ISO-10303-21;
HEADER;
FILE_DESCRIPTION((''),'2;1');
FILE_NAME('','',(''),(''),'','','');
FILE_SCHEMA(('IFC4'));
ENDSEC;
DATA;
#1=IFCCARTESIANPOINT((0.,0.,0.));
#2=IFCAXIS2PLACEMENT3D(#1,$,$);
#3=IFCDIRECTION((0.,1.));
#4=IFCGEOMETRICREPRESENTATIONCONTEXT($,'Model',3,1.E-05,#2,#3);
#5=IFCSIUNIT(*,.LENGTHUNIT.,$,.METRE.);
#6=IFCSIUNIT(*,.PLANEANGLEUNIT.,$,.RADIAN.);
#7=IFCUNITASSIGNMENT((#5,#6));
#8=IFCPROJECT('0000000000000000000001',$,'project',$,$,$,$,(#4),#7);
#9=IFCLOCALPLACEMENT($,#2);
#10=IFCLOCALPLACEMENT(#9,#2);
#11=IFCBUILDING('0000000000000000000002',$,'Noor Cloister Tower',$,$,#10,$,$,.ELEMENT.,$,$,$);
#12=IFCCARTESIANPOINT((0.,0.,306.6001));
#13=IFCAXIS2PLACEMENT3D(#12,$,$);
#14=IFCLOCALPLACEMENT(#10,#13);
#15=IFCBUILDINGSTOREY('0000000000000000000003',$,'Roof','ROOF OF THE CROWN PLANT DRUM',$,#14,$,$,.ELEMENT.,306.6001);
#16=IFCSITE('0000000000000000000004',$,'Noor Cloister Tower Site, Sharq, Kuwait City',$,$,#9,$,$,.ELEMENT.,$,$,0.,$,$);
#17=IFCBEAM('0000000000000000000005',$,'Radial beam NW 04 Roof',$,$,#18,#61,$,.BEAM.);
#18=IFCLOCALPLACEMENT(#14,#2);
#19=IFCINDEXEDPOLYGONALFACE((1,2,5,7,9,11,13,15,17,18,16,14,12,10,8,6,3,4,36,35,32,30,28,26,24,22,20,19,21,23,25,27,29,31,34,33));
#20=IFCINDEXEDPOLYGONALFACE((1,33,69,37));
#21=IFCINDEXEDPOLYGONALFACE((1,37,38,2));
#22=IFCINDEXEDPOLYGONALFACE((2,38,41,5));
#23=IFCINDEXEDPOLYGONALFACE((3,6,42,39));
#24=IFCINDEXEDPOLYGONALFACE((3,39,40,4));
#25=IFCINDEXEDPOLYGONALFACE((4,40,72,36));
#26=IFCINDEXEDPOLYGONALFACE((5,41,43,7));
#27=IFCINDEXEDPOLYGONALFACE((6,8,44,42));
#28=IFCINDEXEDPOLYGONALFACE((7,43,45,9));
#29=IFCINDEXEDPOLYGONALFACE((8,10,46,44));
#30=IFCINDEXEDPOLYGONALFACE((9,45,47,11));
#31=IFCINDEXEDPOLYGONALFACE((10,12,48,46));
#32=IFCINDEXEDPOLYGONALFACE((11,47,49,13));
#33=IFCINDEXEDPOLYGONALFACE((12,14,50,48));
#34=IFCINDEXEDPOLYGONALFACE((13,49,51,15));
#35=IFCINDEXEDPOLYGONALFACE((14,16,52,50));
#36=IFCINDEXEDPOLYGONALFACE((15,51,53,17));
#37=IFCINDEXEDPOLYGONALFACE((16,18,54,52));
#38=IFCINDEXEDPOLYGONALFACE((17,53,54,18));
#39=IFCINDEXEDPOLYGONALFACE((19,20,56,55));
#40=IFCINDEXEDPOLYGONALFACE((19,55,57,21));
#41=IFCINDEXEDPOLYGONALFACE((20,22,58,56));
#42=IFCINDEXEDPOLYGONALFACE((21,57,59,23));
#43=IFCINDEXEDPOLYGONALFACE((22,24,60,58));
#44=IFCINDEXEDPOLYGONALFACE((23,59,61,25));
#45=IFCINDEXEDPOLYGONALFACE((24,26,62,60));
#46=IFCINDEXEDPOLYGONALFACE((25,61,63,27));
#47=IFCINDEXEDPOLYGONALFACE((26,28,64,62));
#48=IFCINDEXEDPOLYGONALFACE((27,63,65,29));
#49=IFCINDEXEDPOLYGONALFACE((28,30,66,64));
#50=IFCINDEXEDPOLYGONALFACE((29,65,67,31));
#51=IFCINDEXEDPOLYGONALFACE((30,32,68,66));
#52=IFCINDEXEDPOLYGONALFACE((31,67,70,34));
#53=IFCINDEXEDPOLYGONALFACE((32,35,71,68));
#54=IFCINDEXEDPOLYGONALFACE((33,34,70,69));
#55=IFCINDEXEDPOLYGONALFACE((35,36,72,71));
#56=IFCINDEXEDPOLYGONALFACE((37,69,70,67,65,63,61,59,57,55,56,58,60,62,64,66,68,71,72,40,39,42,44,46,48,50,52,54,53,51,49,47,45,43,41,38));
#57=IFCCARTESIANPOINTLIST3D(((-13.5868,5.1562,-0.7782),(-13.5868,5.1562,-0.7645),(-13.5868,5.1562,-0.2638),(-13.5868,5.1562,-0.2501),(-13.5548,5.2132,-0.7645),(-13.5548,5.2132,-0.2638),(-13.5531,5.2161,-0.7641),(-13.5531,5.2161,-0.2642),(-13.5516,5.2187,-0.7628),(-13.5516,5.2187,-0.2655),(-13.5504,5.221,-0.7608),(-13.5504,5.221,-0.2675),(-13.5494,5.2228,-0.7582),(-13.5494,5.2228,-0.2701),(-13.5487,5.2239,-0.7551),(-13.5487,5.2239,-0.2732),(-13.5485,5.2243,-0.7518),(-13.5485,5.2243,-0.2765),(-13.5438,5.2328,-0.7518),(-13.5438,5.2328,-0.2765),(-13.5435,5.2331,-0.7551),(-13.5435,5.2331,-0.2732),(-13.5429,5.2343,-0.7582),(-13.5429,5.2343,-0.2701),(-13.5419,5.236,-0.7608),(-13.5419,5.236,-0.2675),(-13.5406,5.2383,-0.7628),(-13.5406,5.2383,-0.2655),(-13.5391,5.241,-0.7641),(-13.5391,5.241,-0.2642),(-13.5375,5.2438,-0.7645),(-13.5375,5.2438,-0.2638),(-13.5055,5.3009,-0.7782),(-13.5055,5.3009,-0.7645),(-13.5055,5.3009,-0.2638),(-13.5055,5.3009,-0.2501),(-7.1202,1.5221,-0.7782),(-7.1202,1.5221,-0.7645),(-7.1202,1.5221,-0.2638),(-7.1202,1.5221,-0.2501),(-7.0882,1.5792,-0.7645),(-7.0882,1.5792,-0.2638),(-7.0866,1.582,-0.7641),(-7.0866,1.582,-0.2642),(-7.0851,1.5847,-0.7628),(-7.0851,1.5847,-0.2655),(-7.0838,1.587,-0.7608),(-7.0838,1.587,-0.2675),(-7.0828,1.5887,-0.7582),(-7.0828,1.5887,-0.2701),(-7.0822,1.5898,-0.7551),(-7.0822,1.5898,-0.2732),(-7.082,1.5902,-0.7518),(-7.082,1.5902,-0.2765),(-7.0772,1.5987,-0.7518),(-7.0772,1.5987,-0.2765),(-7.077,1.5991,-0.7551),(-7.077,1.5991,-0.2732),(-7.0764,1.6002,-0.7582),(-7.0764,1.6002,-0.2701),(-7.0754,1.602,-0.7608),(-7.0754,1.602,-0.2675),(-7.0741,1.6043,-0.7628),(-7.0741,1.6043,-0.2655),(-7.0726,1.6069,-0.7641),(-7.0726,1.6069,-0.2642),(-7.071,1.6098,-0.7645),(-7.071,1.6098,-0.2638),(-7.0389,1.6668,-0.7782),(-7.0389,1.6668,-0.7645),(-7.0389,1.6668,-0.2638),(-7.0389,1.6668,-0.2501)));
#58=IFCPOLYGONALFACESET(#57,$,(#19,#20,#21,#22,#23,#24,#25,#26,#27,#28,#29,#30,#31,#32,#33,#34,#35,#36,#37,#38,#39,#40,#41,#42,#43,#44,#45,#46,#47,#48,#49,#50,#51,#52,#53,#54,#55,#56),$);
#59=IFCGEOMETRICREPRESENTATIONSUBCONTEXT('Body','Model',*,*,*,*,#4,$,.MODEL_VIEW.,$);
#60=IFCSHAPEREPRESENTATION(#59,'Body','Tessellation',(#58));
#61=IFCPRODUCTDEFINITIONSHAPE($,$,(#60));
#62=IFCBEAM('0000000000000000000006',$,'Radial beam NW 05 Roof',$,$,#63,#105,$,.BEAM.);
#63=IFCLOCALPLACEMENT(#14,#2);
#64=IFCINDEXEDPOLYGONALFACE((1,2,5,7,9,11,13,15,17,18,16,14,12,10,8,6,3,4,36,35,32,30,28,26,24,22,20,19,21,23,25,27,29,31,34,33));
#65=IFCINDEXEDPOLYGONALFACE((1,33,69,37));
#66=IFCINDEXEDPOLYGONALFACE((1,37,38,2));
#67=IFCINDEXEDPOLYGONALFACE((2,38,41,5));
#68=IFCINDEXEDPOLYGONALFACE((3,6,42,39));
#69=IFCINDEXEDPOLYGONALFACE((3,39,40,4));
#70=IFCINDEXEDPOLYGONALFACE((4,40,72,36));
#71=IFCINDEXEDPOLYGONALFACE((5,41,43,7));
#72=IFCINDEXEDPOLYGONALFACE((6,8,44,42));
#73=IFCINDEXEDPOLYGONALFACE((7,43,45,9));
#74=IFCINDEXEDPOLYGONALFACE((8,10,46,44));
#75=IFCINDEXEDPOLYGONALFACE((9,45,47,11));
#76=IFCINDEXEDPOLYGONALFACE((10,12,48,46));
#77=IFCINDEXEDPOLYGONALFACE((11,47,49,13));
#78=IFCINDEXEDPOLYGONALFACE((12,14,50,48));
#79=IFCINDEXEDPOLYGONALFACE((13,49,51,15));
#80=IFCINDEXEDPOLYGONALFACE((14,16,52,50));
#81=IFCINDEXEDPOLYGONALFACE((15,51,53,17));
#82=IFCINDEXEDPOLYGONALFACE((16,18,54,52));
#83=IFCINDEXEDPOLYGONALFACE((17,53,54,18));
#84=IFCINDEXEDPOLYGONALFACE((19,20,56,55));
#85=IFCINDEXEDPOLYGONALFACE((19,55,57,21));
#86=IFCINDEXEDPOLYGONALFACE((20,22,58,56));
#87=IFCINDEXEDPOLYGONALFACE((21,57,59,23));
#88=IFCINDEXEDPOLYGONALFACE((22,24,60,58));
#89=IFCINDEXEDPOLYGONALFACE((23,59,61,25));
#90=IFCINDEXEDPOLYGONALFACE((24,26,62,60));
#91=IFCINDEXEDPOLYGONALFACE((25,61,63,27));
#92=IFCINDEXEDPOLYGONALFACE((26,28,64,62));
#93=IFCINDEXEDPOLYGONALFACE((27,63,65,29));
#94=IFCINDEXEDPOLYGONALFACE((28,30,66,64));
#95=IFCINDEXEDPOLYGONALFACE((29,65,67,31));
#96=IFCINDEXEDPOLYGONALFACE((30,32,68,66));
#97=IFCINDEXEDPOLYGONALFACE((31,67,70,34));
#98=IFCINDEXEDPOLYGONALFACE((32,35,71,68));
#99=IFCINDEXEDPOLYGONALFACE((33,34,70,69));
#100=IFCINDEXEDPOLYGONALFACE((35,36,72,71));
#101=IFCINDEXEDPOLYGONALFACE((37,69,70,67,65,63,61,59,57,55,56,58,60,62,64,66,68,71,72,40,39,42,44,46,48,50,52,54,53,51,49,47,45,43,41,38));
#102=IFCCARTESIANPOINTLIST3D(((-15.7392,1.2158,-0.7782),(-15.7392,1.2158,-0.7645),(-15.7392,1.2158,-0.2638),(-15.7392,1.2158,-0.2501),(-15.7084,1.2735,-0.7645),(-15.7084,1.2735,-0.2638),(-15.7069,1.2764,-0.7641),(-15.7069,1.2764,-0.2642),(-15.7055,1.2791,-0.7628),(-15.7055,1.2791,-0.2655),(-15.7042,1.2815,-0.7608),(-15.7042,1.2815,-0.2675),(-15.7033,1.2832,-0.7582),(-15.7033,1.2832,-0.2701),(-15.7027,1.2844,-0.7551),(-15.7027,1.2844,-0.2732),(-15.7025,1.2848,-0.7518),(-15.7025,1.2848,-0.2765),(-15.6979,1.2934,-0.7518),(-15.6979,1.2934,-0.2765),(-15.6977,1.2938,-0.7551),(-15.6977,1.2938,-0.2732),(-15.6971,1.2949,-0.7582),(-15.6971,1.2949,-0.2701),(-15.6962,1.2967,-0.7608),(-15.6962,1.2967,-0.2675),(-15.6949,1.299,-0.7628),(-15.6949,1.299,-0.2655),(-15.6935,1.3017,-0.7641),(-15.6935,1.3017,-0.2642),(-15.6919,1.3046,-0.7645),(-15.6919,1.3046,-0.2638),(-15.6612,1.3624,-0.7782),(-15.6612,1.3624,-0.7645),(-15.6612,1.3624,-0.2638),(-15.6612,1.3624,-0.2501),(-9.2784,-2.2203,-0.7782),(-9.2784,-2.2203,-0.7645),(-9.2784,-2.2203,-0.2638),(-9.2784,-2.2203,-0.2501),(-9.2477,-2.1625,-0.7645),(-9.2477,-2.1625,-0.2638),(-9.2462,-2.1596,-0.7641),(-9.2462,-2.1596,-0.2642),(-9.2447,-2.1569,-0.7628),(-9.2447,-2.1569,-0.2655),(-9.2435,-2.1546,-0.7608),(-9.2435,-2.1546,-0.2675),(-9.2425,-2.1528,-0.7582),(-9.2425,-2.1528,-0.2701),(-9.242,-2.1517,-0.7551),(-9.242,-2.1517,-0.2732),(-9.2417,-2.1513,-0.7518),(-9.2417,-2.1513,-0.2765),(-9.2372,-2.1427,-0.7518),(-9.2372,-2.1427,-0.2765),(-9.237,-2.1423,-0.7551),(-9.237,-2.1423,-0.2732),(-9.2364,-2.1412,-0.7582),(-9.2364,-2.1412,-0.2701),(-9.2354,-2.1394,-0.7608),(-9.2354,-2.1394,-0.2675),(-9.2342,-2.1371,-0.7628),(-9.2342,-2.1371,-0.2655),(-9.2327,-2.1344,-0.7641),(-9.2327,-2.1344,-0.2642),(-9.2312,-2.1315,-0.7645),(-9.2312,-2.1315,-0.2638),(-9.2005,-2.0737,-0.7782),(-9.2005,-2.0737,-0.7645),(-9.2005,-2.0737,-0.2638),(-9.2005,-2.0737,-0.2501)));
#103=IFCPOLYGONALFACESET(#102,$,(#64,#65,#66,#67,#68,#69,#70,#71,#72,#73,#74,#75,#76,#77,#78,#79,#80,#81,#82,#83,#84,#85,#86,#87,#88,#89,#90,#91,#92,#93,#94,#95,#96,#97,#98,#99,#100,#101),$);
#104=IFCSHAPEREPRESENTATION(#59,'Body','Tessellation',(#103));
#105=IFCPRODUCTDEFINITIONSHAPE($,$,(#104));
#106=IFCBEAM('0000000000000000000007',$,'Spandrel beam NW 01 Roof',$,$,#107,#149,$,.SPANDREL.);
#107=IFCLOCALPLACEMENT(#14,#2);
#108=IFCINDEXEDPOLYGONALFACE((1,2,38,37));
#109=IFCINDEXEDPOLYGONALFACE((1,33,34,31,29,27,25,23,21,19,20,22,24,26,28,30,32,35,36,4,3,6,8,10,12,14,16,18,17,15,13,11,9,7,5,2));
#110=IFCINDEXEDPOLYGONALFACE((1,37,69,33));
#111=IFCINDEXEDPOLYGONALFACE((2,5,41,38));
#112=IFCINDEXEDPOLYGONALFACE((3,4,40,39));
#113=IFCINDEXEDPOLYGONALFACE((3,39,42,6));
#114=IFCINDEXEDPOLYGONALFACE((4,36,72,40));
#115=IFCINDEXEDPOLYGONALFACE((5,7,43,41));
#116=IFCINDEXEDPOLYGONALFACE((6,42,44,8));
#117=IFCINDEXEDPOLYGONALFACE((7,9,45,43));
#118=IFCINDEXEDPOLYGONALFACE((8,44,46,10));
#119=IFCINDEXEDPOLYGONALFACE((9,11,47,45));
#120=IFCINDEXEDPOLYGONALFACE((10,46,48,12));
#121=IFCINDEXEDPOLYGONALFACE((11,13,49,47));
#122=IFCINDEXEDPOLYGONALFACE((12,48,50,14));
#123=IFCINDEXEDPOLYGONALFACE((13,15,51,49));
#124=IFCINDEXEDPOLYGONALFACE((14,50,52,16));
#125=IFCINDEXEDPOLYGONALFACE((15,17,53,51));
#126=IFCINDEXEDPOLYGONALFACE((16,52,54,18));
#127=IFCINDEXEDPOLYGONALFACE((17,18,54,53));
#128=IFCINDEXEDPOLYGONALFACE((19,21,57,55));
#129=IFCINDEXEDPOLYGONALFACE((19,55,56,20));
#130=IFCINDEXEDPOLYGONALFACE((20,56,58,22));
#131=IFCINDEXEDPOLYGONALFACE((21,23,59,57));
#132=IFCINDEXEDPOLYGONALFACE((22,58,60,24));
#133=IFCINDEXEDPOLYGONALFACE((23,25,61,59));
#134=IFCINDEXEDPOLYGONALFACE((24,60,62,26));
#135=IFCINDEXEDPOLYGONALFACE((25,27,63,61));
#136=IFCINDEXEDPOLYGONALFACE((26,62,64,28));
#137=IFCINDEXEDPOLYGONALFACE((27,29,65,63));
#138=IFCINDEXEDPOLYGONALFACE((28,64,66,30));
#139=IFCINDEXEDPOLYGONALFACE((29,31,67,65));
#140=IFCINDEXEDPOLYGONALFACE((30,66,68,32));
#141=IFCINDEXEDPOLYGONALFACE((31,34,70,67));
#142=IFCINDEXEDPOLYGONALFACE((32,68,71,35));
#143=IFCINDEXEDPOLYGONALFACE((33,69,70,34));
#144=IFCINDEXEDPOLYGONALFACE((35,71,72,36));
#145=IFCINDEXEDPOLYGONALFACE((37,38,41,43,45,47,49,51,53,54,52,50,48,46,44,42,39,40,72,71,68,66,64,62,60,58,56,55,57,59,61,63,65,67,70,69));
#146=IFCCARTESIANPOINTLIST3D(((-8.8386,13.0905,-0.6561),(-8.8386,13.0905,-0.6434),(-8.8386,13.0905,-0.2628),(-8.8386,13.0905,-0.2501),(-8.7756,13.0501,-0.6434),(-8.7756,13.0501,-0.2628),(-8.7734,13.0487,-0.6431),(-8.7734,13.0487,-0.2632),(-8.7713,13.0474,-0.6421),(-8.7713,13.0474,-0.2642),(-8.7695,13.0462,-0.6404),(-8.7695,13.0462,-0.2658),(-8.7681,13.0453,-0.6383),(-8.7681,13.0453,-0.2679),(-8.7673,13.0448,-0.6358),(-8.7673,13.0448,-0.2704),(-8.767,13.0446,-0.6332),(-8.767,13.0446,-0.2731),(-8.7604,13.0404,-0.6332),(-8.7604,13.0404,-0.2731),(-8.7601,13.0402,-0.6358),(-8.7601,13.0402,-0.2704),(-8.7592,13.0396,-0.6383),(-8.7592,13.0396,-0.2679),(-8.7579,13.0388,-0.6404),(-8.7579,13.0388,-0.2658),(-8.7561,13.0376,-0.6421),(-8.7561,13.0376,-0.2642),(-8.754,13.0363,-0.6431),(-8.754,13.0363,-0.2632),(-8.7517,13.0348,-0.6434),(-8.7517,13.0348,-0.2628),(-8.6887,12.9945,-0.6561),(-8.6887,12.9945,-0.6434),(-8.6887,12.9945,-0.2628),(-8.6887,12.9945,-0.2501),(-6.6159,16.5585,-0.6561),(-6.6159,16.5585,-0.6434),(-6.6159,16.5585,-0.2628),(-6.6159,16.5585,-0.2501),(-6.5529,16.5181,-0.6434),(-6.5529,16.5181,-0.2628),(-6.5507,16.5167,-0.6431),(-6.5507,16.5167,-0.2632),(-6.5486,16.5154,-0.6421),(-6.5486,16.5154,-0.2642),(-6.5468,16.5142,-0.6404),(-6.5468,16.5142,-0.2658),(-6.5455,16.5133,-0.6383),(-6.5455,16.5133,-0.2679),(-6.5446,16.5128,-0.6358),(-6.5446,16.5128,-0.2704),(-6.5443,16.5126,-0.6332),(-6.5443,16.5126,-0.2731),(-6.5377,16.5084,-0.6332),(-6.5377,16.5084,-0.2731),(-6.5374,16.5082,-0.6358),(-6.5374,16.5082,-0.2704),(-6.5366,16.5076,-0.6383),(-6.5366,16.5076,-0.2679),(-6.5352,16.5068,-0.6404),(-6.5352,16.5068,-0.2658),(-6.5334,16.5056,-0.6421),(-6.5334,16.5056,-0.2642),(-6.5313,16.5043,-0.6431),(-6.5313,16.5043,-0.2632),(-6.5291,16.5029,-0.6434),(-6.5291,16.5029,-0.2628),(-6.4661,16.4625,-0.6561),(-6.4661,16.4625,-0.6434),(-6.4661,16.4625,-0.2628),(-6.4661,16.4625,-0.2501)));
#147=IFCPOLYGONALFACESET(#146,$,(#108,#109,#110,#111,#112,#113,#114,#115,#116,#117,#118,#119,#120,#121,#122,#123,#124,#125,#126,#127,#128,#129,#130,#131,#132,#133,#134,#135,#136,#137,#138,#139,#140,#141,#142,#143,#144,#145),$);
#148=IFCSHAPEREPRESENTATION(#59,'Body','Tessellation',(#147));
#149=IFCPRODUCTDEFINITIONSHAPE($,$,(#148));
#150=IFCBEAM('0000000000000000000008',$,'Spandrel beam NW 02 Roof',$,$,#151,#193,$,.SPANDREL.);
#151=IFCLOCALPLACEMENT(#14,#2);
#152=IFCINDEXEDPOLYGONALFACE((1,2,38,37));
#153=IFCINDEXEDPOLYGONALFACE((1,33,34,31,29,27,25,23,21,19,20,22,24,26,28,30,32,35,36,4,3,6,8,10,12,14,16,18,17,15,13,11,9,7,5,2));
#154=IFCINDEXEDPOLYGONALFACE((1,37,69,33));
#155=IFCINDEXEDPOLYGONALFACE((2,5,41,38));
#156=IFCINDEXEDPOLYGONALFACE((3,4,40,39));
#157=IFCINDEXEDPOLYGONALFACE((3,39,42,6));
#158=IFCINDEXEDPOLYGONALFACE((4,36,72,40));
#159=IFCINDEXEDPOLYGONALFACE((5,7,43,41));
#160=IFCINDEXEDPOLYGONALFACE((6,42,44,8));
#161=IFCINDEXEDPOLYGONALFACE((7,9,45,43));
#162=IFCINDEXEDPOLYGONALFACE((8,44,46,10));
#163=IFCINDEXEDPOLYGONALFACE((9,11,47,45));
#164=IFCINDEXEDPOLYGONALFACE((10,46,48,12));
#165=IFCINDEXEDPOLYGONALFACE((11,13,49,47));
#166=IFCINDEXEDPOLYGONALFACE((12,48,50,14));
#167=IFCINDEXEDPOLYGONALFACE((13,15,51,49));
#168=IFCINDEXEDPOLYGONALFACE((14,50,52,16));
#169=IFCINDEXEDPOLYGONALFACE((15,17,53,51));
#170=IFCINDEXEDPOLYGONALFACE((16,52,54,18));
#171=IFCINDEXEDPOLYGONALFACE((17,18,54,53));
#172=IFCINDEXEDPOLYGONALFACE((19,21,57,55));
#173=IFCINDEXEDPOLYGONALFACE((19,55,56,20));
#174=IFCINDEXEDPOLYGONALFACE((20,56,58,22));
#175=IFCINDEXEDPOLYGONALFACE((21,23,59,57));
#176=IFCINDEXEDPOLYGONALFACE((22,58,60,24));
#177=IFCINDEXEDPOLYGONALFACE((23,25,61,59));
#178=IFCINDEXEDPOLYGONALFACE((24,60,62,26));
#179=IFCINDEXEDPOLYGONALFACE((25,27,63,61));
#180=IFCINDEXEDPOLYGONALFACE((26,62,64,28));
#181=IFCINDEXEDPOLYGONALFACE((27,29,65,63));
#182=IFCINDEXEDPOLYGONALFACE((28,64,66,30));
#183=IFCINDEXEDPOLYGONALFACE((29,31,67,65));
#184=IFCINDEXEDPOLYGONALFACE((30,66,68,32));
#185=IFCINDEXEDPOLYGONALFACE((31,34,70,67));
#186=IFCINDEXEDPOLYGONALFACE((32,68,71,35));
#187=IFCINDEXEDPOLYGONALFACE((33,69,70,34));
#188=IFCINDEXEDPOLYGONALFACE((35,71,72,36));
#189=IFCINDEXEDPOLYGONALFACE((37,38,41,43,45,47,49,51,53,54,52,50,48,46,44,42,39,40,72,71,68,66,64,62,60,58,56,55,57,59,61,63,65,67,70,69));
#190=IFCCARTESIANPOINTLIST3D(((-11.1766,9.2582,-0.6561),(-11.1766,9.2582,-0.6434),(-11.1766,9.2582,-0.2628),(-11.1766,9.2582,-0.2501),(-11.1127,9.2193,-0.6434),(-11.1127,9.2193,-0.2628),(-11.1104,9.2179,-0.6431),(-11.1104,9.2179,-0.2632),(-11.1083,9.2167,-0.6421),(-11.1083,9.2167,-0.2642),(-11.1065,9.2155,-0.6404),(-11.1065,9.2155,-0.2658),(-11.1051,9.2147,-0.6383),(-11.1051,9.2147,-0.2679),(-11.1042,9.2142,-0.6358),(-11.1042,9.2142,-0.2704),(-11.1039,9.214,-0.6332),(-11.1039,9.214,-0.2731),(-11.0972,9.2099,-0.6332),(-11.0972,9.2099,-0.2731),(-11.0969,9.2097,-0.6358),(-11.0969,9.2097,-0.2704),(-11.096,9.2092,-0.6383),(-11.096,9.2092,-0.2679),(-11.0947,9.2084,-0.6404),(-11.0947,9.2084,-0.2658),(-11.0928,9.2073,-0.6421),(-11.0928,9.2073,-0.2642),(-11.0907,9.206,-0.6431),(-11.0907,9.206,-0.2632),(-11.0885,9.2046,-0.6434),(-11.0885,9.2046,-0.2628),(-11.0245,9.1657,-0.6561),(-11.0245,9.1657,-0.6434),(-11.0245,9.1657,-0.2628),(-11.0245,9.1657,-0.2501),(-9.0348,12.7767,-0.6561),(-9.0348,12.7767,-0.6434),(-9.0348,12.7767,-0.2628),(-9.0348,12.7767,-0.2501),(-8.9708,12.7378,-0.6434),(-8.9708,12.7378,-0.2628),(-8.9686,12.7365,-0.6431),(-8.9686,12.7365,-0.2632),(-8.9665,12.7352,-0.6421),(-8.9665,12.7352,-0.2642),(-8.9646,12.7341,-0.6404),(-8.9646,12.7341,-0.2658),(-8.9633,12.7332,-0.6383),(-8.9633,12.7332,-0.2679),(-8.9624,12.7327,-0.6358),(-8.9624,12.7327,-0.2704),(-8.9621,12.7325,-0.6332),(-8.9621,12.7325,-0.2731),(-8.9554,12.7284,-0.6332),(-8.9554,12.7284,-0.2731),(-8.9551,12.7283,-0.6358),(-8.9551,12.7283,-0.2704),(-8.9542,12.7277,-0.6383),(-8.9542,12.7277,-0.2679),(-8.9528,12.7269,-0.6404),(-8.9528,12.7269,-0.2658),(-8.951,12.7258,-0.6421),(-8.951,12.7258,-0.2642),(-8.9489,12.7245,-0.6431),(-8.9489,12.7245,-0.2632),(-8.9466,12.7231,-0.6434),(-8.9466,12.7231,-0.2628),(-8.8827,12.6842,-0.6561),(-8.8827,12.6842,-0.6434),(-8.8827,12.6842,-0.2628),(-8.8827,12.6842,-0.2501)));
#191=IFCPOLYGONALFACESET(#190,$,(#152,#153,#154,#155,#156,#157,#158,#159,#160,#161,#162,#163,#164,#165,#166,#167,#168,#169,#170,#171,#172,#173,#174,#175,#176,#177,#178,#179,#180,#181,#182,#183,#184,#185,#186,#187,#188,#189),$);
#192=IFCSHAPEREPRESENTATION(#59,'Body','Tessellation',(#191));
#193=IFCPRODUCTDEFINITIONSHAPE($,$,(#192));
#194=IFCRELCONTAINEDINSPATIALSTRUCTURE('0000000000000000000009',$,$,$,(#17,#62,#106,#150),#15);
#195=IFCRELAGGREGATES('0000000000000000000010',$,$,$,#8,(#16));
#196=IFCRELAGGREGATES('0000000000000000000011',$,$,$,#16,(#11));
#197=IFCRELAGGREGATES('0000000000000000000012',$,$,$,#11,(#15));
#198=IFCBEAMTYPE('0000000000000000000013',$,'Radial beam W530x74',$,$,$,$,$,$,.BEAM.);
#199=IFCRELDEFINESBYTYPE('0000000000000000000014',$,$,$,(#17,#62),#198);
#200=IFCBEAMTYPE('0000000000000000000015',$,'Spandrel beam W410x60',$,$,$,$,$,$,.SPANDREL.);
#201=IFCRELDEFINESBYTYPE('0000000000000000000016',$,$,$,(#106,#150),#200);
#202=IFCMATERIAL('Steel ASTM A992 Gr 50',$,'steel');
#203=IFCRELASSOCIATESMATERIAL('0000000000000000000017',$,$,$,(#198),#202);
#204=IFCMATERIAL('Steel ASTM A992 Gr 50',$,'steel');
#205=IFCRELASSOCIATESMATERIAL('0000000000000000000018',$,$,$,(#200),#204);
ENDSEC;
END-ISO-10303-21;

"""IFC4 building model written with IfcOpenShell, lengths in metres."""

from ifc_helpers import new_model, si_unit, direction, frame, origin, origin_2d, place, context, subcontext, project, spatial, i_section, extrude, material, material_profile, profile_set, type_object, element, save


model = new_model("IFC4")

# Units and contexts
model_context = context("Model", 3, precision=1e-05, world=origin(), true_north=direction((0.0, 1.0)))
body_context = subcontext(model_context, "Body", "Model", "MODEL_VIEW")
ifc_project = project(units=[si_unit("LENGTHUNIT", "METRE"), si_unit("PLANEANGLEUNIT", "RADIAN")], contexts=[model_context])

# Site, building, storey
site_placement = place(None, origin())
site = spatial("IfcSite", under=ifc_project, at=site_placement, Name="Noor Cloister Tower Site, Sharq, Kuwait City", CompositionType="ELEMENT", RefElevation=0.0)
building_placement = place(site_placement, origin())
building = spatial("IfcBuilding", under=site, at=building_placement, Name="Noor Cloister Tower", CompositionType="ELEMENT")
storey_placement = place(building_placement, frame((0.0, 0.0, 306.6001)))
storey = spatial("IfcBuildingStorey", under=building, at=storey_placement, Name="Roof", Description="ROOF OF THE CROWN PLANT DRUM", CompositionType="ELEMENT", Elevation=306.6001)

# Beams
ifc_material_1 = material(Name="Steel ASTM A992 Gr 50", Category="steel")
ifc_material_profile_1 = material_profile(ifc_material_1, i_section(OverallWidth=0.166, OverallDepth=0.5281, WebThickness=0.0098, FlangeThickness=0.0137, FilletRadius=0.0127, at=origin_2d()), Name="W530x74")
ifc_profile_set_1 = profile_set([ifc_material_profile_1], Name="Steel ASTM A992 Gr 50")
beam_type_1 = type_object("IfcBeamType", Name="Radial beam W530x74", PredefinedType="BEAM", material=ifc_profile_set_1)
beam_1_placement = place(storey_placement, frame((-13.5461, 5.2285, -0.5142), z_axis=(0.871771, -0.489913, 0.0), x_axis=(0.489913, 0.871771, 0.0)))
element("IfcBeam", 1, at=beam_1_placement, inside=storey, type_object=beam_type_1, Name="Radial beam NW 04 Roof", PredefinedType="BEAM", context=body_context, shape_type="SweptSolid", body=[
    extrude(i_section(OverallWidth=0.166, OverallDepth=0.5281, WebThickness=0.0098, FlangeThickness=0.0137, FilletRadius=0.0127, at=origin_2d()), origin(), (0.0, 0.0, 1.0), 7.4177),
])
beam_2_placement = place(storey_placement, frame((-15.7002, 1.2891, -0.5142), z_axis=(0.882901, -0.469559, 0.0), x_axis=(0.469559, 0.882901, 0.0)))
element("IfcBeam", 2, at=beam_2_placement, inside=storey, type_object=beam_type_1, Name="Radial beam NW 05 Roof", PredefinedType="BEAM", context=body_context, shape_type="SweptSolid", body=[
    extrude(i_section(OverallWidth=0.166, OverallDepth=0.5281, WebThickness=0.0098, FlangeThickness=0.0137, FilletRadius=0.0127, at=origin_2d()), origin(), (0.0, 0.0, 1.0), 7.3176),
])
ifc_material_2 = material(Name="Steel ASTM A992 Gr 50", Category="steel")
ifc_material_profile_2 = material_profile(ifc_material_2, i_section(OverallWidth=0.178, OverallDepth=0.406, WebThickness=0.0078, FlangeThickness=0.0127, FilletRadius=0.0103, at=origin_2d()), Name="W410x60")
ifc_profile_set_2 = profile_set([ifc_material_profile_2], Name="Steel ASTM A992 Gr 50")
beam_type_2 = type_object("IfcBeamType", Name="Spandrel beam W410x60", PredefinedType="SPANDREL", material=ifc_profile_set_2)
for number, where, z_axis, x_axis, name in (
    (3, (-6.541, 16.5105, -0.4531), (-0.539592, -0.841927, 0.0), (0.841927, -0.539592, 0.0), "Spandrel beam NW 01 Roof"),
    (4, (-8.9587, 12.7305, -0.4531), (-0.519968, -0.854186, 0.0), (0.854186, -0.519968, 0.0), "Spandrel beam NW 02 Roof"),
):
    element("IfcBeam", number, at=place(storey_placement, frame(where, z_axis=z_axis, x_axis=x_axis)), inside=storey, type_object=beam_type_2, Name=name, PredefinedType="SPANDREL", context=body_context, shape_type="SweptSolid", body=[
        extrude(i_section(OverallWidth=0.178, OverallDepth=0.406, WebThickness=0.0078, FlangeThickness=0.0127, FilletRadius=0.0103, at=origin_2d()), origin(), (0.0, 0.0, 1.0), 4.1191),
    ])

save(model, "model.ifc")
